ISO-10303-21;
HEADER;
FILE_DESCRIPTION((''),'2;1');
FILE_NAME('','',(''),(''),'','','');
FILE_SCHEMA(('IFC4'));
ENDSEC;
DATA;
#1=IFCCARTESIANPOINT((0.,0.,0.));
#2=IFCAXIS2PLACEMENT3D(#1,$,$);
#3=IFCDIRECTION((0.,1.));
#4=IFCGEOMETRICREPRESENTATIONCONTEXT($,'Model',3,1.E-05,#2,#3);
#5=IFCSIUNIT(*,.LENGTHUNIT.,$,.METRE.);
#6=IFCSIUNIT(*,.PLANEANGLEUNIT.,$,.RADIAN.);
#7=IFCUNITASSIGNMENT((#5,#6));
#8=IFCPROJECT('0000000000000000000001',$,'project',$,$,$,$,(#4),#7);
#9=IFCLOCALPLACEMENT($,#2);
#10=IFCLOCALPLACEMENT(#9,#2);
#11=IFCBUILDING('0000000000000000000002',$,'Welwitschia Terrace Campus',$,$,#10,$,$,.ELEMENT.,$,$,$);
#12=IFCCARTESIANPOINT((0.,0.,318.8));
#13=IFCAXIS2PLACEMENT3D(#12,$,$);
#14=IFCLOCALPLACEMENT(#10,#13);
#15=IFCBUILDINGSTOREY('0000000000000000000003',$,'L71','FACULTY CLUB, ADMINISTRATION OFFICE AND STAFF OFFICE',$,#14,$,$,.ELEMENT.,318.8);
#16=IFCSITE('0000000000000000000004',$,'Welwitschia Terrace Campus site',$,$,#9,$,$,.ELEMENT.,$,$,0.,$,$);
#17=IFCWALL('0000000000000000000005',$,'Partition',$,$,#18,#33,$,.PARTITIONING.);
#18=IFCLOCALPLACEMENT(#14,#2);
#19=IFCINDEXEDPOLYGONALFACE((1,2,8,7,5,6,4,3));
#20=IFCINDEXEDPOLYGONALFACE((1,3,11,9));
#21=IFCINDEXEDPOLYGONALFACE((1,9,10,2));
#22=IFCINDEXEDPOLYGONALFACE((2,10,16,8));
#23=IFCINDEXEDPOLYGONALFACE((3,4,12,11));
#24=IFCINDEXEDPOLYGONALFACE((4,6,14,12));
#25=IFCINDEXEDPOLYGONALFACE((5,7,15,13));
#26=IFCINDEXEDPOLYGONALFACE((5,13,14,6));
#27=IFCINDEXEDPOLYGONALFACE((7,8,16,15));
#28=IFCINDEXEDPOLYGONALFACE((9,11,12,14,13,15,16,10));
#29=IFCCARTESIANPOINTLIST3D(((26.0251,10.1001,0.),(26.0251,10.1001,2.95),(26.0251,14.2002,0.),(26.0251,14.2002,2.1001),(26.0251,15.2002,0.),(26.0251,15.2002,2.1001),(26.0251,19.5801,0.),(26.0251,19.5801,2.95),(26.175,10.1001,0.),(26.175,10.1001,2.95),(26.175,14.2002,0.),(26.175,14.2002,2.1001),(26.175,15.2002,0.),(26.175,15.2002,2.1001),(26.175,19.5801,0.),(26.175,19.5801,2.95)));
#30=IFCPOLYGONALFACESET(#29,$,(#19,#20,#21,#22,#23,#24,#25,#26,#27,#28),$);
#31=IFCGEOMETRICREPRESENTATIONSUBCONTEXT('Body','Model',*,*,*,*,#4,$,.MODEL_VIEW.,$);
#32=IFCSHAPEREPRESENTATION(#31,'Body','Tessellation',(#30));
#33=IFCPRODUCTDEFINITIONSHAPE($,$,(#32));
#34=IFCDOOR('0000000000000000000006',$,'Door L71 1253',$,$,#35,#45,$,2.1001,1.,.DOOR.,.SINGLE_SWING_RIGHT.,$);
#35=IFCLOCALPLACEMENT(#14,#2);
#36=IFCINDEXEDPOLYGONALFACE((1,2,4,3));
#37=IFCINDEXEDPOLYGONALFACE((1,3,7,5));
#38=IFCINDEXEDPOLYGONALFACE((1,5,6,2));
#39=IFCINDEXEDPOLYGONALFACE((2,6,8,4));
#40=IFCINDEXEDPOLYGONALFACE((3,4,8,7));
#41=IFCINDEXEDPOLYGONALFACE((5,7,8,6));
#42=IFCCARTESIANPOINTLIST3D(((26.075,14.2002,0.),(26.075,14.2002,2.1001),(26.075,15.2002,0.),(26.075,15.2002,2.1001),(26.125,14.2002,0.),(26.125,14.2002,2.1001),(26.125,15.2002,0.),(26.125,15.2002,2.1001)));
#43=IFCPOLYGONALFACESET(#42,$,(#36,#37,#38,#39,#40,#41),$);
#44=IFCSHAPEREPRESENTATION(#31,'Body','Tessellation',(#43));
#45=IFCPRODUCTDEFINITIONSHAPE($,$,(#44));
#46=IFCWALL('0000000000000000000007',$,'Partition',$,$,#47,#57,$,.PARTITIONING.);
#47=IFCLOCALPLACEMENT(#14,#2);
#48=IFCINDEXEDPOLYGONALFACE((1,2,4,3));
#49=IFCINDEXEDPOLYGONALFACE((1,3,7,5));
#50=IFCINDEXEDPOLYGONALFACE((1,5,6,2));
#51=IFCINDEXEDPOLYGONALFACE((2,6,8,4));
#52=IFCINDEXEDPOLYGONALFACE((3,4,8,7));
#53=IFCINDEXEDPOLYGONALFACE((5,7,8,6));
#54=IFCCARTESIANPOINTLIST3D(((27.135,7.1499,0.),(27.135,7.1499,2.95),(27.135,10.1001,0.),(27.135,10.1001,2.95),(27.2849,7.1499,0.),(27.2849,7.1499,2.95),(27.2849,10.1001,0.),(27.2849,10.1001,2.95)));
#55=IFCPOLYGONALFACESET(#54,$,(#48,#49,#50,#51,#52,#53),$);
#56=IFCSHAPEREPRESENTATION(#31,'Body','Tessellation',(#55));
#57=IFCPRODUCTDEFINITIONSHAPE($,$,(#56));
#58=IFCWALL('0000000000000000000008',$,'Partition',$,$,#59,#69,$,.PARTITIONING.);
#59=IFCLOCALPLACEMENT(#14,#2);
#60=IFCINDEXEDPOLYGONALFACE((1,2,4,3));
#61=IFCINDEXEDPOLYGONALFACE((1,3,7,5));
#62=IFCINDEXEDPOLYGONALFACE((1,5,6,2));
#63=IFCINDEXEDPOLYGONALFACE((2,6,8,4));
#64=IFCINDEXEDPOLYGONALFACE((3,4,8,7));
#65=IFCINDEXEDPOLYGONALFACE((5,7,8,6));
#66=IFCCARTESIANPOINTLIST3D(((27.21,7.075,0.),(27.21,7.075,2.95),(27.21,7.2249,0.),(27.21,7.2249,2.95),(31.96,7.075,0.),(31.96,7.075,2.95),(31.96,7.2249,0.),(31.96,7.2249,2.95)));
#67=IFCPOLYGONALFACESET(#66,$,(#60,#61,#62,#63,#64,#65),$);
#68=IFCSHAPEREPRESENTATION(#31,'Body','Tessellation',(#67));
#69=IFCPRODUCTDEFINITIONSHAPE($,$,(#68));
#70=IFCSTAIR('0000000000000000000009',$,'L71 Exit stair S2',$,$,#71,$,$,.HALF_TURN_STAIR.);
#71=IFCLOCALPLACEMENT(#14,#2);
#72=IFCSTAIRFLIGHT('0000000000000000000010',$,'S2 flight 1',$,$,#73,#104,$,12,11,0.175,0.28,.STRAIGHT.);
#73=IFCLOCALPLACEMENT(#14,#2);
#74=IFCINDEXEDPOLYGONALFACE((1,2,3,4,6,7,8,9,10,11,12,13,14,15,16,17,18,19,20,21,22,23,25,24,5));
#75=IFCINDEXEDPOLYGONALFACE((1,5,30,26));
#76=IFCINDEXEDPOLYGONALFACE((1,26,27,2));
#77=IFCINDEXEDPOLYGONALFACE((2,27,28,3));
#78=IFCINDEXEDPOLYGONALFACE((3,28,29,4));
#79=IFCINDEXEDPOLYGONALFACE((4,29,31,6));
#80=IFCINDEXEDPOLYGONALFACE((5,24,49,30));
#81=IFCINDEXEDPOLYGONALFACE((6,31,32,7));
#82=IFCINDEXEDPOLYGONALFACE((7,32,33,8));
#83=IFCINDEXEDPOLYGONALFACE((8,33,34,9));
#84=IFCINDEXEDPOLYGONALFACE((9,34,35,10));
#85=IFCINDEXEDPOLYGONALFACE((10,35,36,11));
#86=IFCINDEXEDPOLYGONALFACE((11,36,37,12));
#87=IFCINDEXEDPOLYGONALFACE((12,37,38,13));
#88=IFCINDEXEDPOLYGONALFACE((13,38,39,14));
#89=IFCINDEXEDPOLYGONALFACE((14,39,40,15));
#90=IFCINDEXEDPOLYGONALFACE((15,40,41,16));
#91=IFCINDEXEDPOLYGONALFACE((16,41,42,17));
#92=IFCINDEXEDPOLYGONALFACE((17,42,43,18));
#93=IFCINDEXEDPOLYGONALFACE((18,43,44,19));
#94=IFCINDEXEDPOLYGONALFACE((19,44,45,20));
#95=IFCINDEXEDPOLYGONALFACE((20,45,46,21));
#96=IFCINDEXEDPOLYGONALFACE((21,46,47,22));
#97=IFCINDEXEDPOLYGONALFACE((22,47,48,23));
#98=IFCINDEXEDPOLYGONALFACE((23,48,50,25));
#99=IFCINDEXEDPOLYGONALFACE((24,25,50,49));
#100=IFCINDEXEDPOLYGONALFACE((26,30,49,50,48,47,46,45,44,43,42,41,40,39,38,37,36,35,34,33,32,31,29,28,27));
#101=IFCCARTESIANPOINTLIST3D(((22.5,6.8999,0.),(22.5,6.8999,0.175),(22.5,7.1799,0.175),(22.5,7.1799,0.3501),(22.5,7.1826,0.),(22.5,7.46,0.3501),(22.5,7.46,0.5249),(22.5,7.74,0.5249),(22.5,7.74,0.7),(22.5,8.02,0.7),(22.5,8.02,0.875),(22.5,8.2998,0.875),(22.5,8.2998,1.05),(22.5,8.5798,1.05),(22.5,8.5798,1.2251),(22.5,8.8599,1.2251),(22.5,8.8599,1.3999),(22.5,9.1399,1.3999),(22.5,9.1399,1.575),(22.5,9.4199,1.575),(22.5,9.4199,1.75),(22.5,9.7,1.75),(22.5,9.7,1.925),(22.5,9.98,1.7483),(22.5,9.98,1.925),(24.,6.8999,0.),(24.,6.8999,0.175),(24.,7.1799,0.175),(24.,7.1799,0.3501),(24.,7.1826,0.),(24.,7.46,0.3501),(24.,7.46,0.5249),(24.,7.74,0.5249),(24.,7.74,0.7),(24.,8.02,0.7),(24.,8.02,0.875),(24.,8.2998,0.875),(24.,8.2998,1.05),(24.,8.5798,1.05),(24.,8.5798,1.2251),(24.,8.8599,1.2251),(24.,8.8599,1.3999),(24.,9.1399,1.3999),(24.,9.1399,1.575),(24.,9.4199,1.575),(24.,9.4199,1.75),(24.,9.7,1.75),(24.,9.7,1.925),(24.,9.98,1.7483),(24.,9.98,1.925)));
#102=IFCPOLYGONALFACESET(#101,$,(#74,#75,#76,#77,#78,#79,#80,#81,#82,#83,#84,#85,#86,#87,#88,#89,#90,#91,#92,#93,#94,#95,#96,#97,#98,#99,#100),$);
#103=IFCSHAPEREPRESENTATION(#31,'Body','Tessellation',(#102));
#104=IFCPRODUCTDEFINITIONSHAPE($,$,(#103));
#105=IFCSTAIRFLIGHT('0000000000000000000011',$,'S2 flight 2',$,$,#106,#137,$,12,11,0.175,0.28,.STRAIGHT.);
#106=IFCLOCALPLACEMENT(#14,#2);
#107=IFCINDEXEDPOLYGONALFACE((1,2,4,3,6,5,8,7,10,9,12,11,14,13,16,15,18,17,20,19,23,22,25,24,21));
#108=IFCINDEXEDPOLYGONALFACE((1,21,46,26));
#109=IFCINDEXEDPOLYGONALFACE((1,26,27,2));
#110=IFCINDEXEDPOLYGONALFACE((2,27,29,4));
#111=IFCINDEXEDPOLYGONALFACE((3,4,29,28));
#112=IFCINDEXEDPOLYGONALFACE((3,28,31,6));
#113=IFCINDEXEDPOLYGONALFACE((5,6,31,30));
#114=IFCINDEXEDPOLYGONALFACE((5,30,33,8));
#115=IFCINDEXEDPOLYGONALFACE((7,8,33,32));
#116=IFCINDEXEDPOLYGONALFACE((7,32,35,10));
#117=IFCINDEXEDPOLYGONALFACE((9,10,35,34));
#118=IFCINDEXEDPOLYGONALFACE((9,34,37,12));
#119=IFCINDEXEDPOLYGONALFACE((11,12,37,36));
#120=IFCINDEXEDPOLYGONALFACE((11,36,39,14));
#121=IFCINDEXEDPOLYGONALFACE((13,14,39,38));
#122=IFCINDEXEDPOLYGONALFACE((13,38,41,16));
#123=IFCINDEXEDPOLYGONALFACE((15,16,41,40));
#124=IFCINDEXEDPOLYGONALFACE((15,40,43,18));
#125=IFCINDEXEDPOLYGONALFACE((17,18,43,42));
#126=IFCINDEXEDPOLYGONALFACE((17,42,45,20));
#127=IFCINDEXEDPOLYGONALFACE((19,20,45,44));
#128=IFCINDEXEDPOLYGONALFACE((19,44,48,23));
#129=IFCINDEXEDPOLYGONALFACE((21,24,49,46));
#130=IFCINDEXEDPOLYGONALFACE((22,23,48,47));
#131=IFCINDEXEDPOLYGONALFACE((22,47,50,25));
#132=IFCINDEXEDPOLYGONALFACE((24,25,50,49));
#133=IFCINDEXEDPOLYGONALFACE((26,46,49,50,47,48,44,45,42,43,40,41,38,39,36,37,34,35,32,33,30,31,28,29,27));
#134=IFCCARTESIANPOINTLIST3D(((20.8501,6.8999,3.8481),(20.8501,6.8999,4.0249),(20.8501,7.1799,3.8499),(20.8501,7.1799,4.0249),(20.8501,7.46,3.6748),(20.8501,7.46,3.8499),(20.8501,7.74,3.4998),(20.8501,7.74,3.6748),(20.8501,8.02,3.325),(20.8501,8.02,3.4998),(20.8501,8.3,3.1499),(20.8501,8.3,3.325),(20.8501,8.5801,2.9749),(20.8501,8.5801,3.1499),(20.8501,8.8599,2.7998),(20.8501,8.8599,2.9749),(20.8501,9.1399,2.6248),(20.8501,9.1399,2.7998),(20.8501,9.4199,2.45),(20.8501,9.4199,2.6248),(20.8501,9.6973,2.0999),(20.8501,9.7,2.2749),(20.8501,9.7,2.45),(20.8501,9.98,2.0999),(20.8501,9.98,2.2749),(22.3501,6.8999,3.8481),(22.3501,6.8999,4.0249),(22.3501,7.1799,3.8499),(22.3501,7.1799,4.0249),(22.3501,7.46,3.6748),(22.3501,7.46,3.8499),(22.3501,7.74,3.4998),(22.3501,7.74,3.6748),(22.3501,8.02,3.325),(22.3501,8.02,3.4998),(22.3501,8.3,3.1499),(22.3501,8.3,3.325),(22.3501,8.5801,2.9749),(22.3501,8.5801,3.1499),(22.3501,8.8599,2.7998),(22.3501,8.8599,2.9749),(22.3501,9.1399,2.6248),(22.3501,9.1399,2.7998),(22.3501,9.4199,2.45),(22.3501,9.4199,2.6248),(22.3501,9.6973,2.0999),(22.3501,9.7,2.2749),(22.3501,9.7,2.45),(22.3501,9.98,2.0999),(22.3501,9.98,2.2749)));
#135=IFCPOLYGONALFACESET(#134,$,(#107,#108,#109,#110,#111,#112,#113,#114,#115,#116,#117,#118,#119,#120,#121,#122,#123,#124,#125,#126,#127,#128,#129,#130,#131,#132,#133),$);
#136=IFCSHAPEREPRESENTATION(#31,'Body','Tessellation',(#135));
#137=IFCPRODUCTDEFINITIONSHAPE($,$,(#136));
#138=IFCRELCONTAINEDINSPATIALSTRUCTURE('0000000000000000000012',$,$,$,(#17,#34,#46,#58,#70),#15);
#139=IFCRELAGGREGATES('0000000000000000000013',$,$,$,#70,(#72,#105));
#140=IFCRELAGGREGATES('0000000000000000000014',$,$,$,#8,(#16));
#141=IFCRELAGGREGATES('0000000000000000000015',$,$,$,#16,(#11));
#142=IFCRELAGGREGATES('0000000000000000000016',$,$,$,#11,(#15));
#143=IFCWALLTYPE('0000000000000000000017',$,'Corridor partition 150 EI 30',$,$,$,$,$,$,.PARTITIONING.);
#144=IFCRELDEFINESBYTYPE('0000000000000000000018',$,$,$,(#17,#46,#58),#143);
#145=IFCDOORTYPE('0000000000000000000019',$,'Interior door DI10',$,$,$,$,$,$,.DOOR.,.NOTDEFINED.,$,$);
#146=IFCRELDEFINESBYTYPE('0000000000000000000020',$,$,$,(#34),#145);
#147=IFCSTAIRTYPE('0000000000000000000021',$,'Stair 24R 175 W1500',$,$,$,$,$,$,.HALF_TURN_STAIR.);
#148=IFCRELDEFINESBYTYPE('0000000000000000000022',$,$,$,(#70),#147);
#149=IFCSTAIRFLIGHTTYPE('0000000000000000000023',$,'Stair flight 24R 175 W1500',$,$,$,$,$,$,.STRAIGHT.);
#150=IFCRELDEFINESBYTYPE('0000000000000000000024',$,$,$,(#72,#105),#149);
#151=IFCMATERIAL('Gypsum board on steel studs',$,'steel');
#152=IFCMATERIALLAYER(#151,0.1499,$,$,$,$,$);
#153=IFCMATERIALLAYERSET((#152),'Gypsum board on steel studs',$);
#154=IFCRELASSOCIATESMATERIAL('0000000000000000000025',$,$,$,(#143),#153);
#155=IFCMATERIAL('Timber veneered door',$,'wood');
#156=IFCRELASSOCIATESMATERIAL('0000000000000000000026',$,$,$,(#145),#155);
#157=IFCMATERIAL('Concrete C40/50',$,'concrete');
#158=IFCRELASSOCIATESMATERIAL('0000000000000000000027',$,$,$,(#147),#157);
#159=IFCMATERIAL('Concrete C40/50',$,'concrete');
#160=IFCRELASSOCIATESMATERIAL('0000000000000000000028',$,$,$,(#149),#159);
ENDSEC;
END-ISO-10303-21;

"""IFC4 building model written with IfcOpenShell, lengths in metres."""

from ifc_helpers import new_model, si_unit, direction, frame, frame_2d, origin, place, context, subcontext, project, spatial, polyline, rectangle, outline, extrude, material, layer, layer_set, type_object, element, fill, aggregate, save


model = new_model("IFC4")

# Units and contexts
model_context = context("Model", 3, precision=1e-05, world=origin(), true_north=direction((0.0, 1.0)))
body_context = subcontext(model_context, "Body", "Model", "MODEL_VIEW")
ifc_project = project(units=[si_unit("LENGTHUNIT", "METRE"), si_unit("PLANEANGLEUNIT", "RADIAN")], contexts=[model_context])

# Site, building, storey
site_placement = place(None, origin())
site = spatial("IfcSite", under=ifc_project, at=site_placement, Name="Welwitschia Terrace Campus site", CompositionType="ELEMENT", RefElevation=0.0)
building_placement = place(site_placement, origin())
building = spatial("IfcBuilding", under=site, at=building_placement, Name="Welwitschia Terrace Campus", CompositionType="ELEMENT")
storey_placement = place(building_placement, frame((0.0, 0.0, 318.8)))
storey = spatial("IfcBuildingStorey", under=building, at=storey_placement, Name="L71", Description="FACULTY CLUB, ADMINISTRATION OFFICE AND STAFF OFFICE", CompositionType="ELEMENT", Elevation=318.8)

# Shared definitions
ifc_material_1 = material(Name="Gypsum board on steel studs", Category="steel")
ifc_layer_1 = layer(ifc_material_1, 0.1499)
ifc_layer_set_1 = layer_set([ifc_layer_1], Name="Gypsum board on steel studs")
wall_type_1 = type_object("IfcWallType", Name="Corridor partition 150 EI 30", PredefinedType="PARTITIONING", material=ifc_layer_set_1)

# Wall, opening, door
wall_1_placement = place(storey_placement, frame((26.1001, 19.5801, 0.0), z_axis=(0.0, 0.0, 1.0), x_axis=(0.0, -1.0, 0.0)))
wall_1 = element("IfcWall", 1, at=wall_1_placement, inside=storey, type_object=wall_type_1, Name="Partition", PredefinedType="PARTITIONING", context=body_context, shape_type="SweptSolid", body=[
    extrude(rectangle(XDim=9.48, YDim=0.1499, at=frame_2d((4.74, 0.0))), origin(), (0.0, 0.0, 1.0), 2.95),
])
opening_placement = place(wall_1_placement, frame((4.3799, 0.0, 0.0)))
opening = element("IfcOpeningElement", 2, at=opening_placement, cuts=wall_1, PredefinedType="OPENING", context=body_context, shape_type="SweptSolid", body=[
    extrude(rectangle(XDim=1.0, YDim=2.1001, at=frame_2d((0.5, 1.05))), frame((0.0, 0.085, 0.0), z_axis=(0.0, -1.0, 0.0), x_axis=(1.0, 0.0, 0.0)), (0.0, 0.0, 1.0), 0.1699),
])
ifc_material_2 = material(Name="Timber veneered door", Category="wood")
door_type = type_object("IfcDoorType", Name="Interior door DI10", OperationType="NOTDEFINED", PredefinedType="DOOR", material=ifc_material_2)
door_placement = place(opening_placement, origin())
door = element("IfcDoor", 3, at=door_placement, inside=storey, type_object=door_type, Name="Door L71 1253", OperationType="SINGLE_SWING_RIGHT", OverallHeight=2.1001, OverallWidth=1.0, PredefinedType="DOOR", context=body_context, shape_type="SweptSolid", body=[
    extrude(rectangle(XDim=1.0, YDim=2.1001, at=frame_2d((0.5, 1.05))), frame((0.0, 0.0249, 0.0), z_axis=(0.0, -1.0, 0.0), x_axis=(1.0, 0.0, 0.0)), (0.0, 0.0, 1.0), 0.05),
])
fill(opening, door)

# Walls
wall_2_placement = place(storey_placement, frame((27.21, 7.1499, 0.0), z_axis=(0.0, 0.0, 1.0), x_axis=(0.0, 1.0, 0.0)))
element("IfcWall", 4, at=wall_2_placement, inside=storey, type_object=wall_type_1, Name="Partition", PredefinedType="PARTITIONING", context=body_context, shape_type="SweptSolid", body=[
    extrude(rectangle(XDim=2.9502, YDim=0.1499, at=frame_2d((1.4751, 0.0))), origin(), (0.0, 0.0, 1.0), 2.95),
])
wall_3_placement = place(storey_placement, frame((27.21, 7.1499, 0.0), z_axis=(0.0, 0.0, 1.0), x_axis=(1.0, 0.0, 0.0)))
element("IfcWall", 5, at=wall_3_placement, inside=storey, type_object=wall_type_1, Name="Partition", PredefinedType="PARTITIONING", context=body_context, shape_type="SweptSolid", body=[
    extrude(rectangle(XDim=4.75, YDim=0.1499, at=frame_2d((2.375, 0.0))), origin(), (0.0, 0.0, 1.0), 2.95),
])

# Stair, stair flights
ifc_material_3 = material(Name="Concrete C40/50", Category="concrete")
stair_type = type_object("IfcStairType", Name="Stair 24R 175 W1500", PredefinedType="HALF_TURN_STAIR", material=ifc_material_3)
stair_placement = place(storey_placement, origin())
stair = element("IfcStair", 6, at=stair_placement, inside=storey, type_object=stair_type, Name="L71 Exit stair S2", PredefinedType="HALF_TURN_STAIR")
ifc_material_4 = material(Name="Concrete C40/50", Category="concrete")
stair_flight_type = type_object("IfcStairFlightType", Name="Stair flight 24R 175 W1500", PredefinedType="STRAIGHT", material=ifc_material_4)
stair_flight_1_placement = place(storey_placement, frame((23.25, 6.8999, 0.0), z_axis=(0.0, 0.0, 1.0), x_axis=(0.0, 1.0, 0.0)))
stair_flight_1 = element("IfcStairFlight", 7, at=stair_flight_1_placement, type_object=stair_flight_type, Name="S2 flight 1", NumberOfRisers=12, NumberOfTreads=11, PredefinedType="STRAIGHT", RiserHeight=0.175, TreadLength=0.28, context=body_context, shape_type="SweptSolid", body=[
    extrude(outline(polyline([(0.0, 0.0), (0.0, 0.175), (0.28, 0.175), (0.28, 0.3501), (0.5601, 0.3501), (0.5601, 0.5249), (0.8401, 0.5249), (0.8401, 0.7), (1.1201, 0.7), (1.1201, 0.875), (1.3999, 0.875), (1.3999, 1.05), (1.6799, 1.05), (1.6799, 1.2251), (1.96, 1.2251), (1.96, 1.3999), (2.24, 1.3999), (2.24, 1.575), (2.52, 1.575), (2.52, 1.75), (2.8, 1.75), (2.8, 1.925), (3.0801, 1.925), (3.0801, 2.1001), (3.0801, 1.7483), (0.2827, 0.0), (0.0, 0.0)])), frame((0.0, 0.75, 0.0), z_axis=(0.0, -1.0, 0.0), x_axis=(1.0, 0.0, 0.0)), (0.0, 0.0, 1.0), 1.5),
])
stair_flight_2_placement = place(storey_placement, frame((21.6001, 9.98, 2.0999), z_axis=(0.0, 0.0, 1.0), x_axis=(0.0, -1.0, 0.0)))
stair_flight_2 = element("IfcStairFlight", 8, at=stair_flight_2_placement, type_object=stair_flight_type, Name="S2 flight 2", NumberOfRisers=12, NumberOfTreads=11, PredefinedType="STRAIGHT", RiserHeight=0.175, TreadLength=0.28, context=body_context, shape_type="SweptSolid", body=[
    extrude(outline(polyline([(0.0, 0.0), (0.0, 0.175), (0.28, 0.175), (0.28, 0.3501), (0.5601, 0.3501), (0.5601, 0.5249), (0.8401, 0.5249), (0.8401, 0.7), (1.1201, 0.7), (1.1201, 0.875), (1.3999, 0.875), (1.3999, 1.05), (1.6799, 1.05), (1.6799, 1.2251), (1.96, 1.2251), (1.96, 1.3999), (2.24, 1.3999), (2.24, 1.575), (2.52, 1.575), (2.52, 1.75), (2.8, 1.75), (2.8, 1.925), (3.0801, 1.925), (3.0801, 2.1001), (3.0801, 1.7483), (0.2827, 0.0), (0.0, 0.0)])), frame((0.0, 0.75, 0.0), z_axis=(0.0, -1.0, 0.0), x_axis=(1.0, 0.0, 0.0)), (0.0, 0.0, 1.0), 1.5),
])
aggregate(stair, [stair_flight_1, stair_flight_2])

save(model, "model.ifc")
